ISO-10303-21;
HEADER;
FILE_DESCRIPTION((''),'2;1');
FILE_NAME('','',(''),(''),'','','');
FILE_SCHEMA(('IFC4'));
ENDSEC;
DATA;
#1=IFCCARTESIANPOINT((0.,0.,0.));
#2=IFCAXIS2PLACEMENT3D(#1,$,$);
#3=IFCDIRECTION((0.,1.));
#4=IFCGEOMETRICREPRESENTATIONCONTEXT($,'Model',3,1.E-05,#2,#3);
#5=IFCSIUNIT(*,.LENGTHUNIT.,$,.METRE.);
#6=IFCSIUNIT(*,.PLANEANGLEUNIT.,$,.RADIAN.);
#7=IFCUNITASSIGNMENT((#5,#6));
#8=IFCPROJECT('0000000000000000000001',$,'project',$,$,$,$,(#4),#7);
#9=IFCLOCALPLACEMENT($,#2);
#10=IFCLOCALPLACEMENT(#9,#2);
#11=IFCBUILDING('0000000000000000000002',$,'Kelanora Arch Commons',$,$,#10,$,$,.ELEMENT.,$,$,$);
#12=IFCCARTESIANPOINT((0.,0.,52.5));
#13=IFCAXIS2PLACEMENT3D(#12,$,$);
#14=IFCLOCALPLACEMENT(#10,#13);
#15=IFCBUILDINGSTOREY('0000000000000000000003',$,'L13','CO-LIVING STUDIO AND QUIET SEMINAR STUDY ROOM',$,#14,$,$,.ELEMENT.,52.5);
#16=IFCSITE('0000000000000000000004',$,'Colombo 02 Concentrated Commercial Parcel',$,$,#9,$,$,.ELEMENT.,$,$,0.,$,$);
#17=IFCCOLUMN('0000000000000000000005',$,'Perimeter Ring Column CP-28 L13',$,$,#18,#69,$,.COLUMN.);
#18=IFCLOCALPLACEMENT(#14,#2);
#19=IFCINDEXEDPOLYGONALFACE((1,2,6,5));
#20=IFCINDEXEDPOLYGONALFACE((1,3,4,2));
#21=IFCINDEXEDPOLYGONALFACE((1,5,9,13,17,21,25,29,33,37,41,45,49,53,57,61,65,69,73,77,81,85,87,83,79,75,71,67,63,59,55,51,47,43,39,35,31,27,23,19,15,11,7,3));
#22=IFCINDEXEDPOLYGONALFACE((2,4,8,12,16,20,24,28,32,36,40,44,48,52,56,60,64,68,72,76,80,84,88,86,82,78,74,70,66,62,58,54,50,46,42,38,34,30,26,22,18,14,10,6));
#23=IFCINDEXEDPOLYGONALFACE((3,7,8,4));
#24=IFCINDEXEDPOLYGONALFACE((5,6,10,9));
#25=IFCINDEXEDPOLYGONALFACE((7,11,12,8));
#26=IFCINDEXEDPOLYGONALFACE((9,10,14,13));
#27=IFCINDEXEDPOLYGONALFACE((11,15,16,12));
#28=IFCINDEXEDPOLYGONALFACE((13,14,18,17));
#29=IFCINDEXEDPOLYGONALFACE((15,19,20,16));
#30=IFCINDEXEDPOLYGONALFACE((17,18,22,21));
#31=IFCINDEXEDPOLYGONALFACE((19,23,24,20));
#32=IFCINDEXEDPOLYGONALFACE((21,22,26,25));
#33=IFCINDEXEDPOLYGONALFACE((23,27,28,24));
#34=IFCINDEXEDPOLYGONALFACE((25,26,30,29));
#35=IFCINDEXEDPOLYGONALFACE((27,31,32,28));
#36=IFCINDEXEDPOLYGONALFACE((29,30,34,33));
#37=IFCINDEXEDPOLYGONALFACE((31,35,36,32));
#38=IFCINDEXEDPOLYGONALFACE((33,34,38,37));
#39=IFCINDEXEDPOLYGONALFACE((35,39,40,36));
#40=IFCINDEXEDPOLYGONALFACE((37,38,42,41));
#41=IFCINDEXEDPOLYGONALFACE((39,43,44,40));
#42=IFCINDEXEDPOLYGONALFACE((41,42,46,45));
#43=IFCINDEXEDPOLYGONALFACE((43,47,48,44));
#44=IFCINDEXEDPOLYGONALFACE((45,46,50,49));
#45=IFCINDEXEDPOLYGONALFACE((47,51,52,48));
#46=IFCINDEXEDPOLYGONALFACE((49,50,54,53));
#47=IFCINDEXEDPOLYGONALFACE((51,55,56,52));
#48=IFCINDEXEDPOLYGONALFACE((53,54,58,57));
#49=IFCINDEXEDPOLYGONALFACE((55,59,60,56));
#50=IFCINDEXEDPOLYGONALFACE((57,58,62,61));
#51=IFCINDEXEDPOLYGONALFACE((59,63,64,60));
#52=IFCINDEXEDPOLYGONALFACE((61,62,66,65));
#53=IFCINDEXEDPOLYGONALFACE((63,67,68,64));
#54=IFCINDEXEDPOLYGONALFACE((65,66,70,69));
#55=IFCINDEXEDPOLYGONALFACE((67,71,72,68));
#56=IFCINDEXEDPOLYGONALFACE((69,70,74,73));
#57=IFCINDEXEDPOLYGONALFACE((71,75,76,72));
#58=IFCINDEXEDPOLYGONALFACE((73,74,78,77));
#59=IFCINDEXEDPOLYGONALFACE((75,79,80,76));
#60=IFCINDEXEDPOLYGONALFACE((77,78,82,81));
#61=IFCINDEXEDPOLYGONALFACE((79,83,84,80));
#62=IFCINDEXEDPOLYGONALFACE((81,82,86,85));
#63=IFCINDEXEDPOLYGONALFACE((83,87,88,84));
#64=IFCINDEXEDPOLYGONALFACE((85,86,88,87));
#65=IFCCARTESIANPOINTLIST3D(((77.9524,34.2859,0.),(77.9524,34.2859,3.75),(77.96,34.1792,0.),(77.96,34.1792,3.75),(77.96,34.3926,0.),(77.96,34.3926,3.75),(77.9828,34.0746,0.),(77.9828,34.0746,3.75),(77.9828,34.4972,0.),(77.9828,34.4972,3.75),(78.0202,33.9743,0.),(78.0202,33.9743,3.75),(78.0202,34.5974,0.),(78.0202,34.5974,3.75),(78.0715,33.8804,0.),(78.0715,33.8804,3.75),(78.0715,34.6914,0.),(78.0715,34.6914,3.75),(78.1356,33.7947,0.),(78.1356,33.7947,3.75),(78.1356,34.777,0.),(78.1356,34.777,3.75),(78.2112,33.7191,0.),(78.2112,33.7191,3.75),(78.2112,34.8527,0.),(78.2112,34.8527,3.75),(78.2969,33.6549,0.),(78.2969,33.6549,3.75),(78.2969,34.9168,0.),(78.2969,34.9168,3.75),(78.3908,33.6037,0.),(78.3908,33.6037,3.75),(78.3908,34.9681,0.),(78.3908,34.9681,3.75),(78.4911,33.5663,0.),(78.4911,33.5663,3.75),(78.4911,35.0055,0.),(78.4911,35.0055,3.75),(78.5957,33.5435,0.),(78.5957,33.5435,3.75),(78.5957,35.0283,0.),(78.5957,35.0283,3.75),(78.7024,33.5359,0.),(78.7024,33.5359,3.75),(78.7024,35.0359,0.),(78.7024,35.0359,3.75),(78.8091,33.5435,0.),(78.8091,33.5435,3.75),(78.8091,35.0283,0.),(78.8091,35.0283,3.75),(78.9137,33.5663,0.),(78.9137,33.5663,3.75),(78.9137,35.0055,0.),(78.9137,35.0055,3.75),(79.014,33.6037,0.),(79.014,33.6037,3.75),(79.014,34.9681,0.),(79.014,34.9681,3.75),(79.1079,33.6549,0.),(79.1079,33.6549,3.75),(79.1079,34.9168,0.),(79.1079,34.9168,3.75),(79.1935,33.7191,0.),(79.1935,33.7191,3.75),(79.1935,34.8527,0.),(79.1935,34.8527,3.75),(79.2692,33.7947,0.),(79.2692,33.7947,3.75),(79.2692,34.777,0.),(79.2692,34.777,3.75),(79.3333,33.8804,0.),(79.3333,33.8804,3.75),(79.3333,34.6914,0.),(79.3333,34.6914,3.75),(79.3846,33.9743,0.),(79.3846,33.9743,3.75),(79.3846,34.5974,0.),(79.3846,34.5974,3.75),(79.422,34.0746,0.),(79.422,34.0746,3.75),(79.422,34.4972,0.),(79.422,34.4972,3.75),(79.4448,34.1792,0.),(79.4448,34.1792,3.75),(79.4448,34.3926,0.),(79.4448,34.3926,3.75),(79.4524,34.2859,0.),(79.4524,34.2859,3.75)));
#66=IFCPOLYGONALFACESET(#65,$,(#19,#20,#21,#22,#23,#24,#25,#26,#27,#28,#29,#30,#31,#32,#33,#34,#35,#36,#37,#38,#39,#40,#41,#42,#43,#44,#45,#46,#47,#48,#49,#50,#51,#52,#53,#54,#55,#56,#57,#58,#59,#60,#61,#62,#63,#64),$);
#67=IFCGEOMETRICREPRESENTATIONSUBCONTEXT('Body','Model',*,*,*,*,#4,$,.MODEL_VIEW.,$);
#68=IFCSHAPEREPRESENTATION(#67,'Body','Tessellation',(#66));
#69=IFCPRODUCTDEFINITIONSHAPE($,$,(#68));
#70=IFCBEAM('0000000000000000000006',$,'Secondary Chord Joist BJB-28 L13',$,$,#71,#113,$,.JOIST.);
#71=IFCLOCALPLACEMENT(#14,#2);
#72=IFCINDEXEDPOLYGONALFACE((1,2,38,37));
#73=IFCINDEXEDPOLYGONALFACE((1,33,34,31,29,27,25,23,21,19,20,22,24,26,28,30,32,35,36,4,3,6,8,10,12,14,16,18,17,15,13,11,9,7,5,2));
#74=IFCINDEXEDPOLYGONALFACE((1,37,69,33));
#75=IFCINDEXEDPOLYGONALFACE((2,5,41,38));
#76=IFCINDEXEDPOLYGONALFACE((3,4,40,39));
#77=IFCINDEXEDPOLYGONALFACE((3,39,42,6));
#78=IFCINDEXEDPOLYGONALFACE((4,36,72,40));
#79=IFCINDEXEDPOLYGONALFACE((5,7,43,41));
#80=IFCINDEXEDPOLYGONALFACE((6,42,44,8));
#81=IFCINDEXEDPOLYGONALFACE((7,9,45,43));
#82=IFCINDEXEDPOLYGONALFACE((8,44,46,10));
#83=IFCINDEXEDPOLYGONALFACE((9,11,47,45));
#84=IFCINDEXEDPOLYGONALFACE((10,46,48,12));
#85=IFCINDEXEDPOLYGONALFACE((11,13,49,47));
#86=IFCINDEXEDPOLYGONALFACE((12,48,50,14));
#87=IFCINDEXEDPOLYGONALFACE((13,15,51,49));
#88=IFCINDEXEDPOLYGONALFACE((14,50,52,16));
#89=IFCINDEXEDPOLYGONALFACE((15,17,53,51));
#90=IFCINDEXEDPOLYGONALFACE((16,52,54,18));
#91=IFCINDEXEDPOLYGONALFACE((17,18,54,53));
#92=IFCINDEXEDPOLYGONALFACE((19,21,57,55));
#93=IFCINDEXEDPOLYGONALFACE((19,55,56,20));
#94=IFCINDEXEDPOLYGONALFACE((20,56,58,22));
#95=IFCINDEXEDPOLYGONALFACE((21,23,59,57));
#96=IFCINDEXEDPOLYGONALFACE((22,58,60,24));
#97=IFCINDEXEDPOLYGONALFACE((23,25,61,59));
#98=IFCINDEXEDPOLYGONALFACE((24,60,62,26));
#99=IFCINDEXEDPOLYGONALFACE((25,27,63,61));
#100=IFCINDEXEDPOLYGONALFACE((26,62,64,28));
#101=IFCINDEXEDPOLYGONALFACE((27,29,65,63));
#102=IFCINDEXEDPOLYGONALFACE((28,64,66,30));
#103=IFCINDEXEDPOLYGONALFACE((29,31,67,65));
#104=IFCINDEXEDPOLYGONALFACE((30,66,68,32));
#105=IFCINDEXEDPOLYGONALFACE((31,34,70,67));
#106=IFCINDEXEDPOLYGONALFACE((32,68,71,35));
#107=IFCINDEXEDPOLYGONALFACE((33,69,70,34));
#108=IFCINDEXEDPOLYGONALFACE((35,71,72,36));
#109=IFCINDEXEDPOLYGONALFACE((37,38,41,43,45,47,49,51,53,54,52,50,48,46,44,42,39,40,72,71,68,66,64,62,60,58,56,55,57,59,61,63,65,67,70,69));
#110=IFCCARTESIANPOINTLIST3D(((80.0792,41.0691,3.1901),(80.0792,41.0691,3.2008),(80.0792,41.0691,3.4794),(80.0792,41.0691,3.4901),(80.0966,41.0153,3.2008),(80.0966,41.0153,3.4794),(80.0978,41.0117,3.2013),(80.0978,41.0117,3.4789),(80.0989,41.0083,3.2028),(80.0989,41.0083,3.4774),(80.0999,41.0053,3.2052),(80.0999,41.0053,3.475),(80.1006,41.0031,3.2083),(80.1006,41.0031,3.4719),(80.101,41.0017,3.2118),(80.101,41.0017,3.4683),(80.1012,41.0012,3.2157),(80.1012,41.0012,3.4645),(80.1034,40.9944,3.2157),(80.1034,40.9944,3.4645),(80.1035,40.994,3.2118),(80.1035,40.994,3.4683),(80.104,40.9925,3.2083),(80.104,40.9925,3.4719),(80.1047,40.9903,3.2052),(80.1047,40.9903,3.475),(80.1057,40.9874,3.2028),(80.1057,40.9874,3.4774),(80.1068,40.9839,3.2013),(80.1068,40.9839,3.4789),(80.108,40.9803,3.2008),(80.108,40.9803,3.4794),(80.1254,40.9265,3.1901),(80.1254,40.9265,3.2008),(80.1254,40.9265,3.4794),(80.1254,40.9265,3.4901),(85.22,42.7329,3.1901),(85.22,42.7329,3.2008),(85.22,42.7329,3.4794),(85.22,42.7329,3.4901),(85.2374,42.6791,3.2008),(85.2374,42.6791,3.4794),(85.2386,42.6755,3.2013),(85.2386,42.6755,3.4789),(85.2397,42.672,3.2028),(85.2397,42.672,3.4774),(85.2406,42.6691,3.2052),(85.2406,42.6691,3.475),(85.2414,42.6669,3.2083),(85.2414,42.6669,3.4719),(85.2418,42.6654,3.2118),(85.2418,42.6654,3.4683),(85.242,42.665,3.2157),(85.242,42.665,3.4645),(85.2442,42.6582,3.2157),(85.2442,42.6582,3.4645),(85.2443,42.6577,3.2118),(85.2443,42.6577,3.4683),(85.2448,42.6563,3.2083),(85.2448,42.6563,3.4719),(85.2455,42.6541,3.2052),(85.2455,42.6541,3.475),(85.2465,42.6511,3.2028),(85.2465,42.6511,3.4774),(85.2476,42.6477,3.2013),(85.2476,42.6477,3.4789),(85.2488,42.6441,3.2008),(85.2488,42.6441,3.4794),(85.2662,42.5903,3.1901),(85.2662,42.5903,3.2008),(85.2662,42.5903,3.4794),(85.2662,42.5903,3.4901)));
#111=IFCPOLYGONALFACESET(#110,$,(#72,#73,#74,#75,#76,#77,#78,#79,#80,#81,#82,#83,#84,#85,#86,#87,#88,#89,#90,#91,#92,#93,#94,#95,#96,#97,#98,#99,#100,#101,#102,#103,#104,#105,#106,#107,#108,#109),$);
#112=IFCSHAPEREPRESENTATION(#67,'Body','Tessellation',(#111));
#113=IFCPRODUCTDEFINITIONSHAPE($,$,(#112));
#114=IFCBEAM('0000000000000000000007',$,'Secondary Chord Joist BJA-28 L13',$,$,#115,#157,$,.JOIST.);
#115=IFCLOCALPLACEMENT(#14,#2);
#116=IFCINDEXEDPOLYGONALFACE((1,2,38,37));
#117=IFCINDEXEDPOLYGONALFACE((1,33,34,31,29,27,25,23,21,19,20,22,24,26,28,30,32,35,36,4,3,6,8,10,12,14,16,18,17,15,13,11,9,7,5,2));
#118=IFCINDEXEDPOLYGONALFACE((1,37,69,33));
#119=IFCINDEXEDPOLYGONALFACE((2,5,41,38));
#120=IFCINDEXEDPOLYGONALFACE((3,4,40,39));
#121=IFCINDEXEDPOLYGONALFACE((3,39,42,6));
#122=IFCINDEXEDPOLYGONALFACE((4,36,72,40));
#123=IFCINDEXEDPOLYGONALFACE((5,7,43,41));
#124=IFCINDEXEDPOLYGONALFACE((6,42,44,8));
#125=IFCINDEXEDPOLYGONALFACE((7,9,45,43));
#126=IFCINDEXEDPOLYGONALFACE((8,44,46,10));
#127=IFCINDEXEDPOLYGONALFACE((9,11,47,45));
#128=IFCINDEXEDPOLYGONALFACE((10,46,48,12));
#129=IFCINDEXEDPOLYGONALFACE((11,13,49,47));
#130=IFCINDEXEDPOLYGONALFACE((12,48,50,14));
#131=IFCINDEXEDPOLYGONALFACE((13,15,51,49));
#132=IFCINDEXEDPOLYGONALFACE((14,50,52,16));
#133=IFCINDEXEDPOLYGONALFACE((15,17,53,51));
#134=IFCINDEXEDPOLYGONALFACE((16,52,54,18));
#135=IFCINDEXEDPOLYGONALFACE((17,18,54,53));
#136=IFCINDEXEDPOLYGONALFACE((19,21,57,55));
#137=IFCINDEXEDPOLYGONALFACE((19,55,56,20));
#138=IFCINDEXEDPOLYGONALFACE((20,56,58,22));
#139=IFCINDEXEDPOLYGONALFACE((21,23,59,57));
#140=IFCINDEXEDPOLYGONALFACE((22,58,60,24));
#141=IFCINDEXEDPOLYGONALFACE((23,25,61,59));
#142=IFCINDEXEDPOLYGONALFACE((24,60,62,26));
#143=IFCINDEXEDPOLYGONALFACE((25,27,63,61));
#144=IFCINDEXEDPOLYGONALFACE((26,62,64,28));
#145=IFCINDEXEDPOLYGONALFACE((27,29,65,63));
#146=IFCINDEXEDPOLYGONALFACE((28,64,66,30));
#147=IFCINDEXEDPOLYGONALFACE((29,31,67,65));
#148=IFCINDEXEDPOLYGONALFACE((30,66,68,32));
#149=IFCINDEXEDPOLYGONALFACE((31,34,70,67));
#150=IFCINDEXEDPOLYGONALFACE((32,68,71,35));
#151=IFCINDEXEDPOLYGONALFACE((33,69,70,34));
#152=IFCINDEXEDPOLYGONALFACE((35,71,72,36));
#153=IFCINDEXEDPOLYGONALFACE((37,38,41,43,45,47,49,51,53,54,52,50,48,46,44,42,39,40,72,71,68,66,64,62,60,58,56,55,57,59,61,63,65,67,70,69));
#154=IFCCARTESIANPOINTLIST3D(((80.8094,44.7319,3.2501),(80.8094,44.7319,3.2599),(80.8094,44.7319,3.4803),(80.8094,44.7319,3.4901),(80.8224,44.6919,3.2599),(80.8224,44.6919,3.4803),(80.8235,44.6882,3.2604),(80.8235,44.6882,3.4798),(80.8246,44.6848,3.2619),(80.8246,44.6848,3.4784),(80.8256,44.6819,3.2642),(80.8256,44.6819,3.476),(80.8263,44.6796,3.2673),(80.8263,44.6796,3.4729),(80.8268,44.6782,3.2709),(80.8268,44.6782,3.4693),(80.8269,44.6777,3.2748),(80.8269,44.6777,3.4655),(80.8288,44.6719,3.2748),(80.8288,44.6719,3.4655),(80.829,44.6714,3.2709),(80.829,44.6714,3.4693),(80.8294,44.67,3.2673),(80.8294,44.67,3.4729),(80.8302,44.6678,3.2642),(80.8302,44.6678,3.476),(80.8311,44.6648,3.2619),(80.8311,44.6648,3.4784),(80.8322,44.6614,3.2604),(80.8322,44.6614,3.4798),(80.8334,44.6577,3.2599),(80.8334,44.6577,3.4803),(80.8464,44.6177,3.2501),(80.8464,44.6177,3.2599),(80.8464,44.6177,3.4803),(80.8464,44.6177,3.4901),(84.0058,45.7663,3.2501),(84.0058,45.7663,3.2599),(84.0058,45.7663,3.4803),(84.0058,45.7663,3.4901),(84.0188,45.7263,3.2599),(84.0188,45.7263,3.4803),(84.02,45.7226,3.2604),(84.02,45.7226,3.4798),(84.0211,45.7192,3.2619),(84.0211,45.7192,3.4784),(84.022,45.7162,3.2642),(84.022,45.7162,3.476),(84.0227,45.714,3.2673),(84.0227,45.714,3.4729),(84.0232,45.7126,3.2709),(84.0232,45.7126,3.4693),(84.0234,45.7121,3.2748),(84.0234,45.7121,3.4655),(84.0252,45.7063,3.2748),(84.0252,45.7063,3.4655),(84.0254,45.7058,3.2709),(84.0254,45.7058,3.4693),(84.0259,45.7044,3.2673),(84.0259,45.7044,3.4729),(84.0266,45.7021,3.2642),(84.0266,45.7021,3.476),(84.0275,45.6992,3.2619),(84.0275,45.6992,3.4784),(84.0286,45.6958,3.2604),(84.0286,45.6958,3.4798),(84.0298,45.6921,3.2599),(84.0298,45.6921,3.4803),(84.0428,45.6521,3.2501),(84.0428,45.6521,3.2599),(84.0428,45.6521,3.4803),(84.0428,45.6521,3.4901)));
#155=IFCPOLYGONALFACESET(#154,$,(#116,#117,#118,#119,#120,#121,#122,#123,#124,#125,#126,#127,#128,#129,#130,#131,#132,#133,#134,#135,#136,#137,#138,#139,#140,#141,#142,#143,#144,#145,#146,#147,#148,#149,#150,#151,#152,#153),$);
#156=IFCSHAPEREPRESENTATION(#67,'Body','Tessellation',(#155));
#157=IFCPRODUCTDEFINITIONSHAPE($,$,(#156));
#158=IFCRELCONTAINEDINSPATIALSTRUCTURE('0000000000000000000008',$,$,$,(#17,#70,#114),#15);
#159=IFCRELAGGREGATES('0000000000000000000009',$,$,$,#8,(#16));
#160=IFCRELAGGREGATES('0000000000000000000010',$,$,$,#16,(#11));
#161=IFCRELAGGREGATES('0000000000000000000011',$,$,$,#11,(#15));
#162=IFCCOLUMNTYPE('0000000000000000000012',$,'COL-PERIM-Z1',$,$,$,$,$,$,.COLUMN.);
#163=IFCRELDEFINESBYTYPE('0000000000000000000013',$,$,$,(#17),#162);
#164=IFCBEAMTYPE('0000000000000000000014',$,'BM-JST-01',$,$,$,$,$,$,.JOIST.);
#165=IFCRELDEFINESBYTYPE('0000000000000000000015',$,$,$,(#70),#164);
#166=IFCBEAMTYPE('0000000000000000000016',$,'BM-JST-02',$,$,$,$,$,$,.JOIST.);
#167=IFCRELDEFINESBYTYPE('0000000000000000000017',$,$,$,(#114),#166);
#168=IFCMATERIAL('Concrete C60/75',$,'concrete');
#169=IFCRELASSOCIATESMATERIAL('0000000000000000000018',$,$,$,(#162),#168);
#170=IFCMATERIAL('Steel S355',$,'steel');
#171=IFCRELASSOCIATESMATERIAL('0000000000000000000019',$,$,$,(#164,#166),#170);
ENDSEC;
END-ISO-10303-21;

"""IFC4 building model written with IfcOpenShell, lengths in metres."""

from ifc_helpers import new_model, si_unit, direction, frame, origin, origin_2d, place, context, subcontext, project, spatial, circle, i_section, extrude, material, material_profile, profile_set, type_object, element, save


model = new_model("IFC4")

# Units and contexts
model_context = context("Model", 3, precision=1e-05, world=origin(), true_north=direction((0.0, 1.0)))
body_context = subcontext(model_context, "Body", "Model", "MODEL_VIEW")
ifc_project = project(units=[si_unit("LENGTHUNIT", "METRE"), si_unit("PLANEANGLEUNIT", "RADIAN")], contexts=[model_context])

# Site, building, storey
site_placement = place(None, origin())
site = spatial("IfcSite", under=ifc_project, at=site_placement, Name="Colombo 02 Concentrated Commercial Parcel", CompositionType="ELEMENT", RefElevation=0.0)
building_placement = place(site_placement, origin())
building = spatial("IfcBuilding", under=site, at=building_placement, Name="Kelanora Arch Commons", CompositionType="ELEMENT")
storey_placement = place(building_placement, frame((0.0, 0.0, 52.5)))
storey = spatial("IfcBuildingStorey", under=building, at=storey_placement, Name="L13", Description="CO-LIVING STUDIO AND QUIET SEMINAR STUDY ROOM", CompositionType="ELEMENT", Elevation=52.5)

# Column
ifc_material_1 = material(Name="Concrete C60/75", Category="concrete")
ifc_material_profile_1 = material_profile(ifc_material_1, circle(Radius=0.75, at=origin_2d()), Name="RCC1500")
ifc_profile_set_1 = profile_set([ifc_material_profile_1], Name="Concrete C60/75")
column_type = type_object("IfcColumnType", Name="COL-PERIM-Z1", PredefinedType="COLUMN", material=ifc_profile_set_1)
column_placement = place(storey_placement, frame((78.7024, 34.2859, 0.0), z_axis=(0.0, 0.0, 1.0), x_axis=(1.0, 0.0, 0.0)))
element("IfcColumn", 1, at=column_placement, inside=storey, type_object=column_type, Name="Perimeter Ring Column CP-28 L13", PredefinedType="COLUMN", context=body_context, shape_type="SweptSolid", body=[
    extrude(circle(Radius=0.75, at=origin_2d()), origin(), (0.0, 0.0, 1.0), 3.75),
])

# Beams
ifc_material_2 = material(Name="Steel S355", Category="steel")
ifc_material_profile_2 = material_profile(ifc_material_2, i_section(OverallWidth=0.1499, OverallDepth=0.3, WebThickness=0.0071, FlangeThickness=0.0107, FilletRadius=0.0149, at=origin_2d()), Name="IPE300")
ifc_profile_set_2 = profile_set([ifc_material_profile_2], Name="Steel S355")
beam_type_1 = type_object("IfcBeamType", Name="BM-JST-01", PredefinedType="JOIST", material=ifc_profile_set_2)
beam_1_placement = place(storey_placement, frame((80.1023, 40.9978, 3.3401), z_axis=(0.951412, 0.30792, 0.0), x_axis=(-0.30792, 0.951412, 0.0)))
element("IfcBeam", 2, at=beam_1_placement, inside=storey, type_object=beam_type_1, Name="Secondary Chord Joist BJB-28 L13", PredefinedType="JOIST", context=body_context, shape_type="SweptSolid", body=[
    extrude(i_section(OverallWidth=0.1499, OverallDepth=0.3, WebThickness=0.0071, FlangeThickness=0.0107, FilletRadius=0.0149, at=origin_2d()), origin(), (0.0, 0.0, 1.0), 5.4033),
])
ifc_material_profile_3 = material_profile(ifc_material_2, i_section(OverallWidth=0.1201, OverallDepth=0.24, WebThickness=0.0061, FlangeThickness=0.0098, FilletRadius=0.0149, at=origin_2d()), Name="IPE240")
ifc_profile_set_3 = profile_set([ifc_material_profile_3], Name="Steel S355")
beam_type_2 = type_object("IfcBeamType", Name="BM-JST-02", PredefinedType="JOIST", material=ifc_profile_set_3)
beam_2_placement = place(storey_placement, frame((80.8279, 44.6748, 3.3701), z_axis=(0.951423, 0.307888, 0.0), x_axis=(-0.307888, 0.951423, 0.0)))
element("IfcBeam", 3, at=beam_2_placement, inside=storey, type_object=beam_type_2, Name="Secondary Chord Joist BJA-28 L13", PredefinedType="JOIST", context=body_context, shape_type="SweptSolid", body=[
    extrude(i_section(OverallWidth=0.1201, OverallDepth=0.24, WebThickness=0.0061, FlangeThickness=0.0098, FilletRadius=0.0149, at=origin_2d()), origin(), (0.0, 0.0, 1.0), 3.3596),
])

save(model, "model.ifc")
